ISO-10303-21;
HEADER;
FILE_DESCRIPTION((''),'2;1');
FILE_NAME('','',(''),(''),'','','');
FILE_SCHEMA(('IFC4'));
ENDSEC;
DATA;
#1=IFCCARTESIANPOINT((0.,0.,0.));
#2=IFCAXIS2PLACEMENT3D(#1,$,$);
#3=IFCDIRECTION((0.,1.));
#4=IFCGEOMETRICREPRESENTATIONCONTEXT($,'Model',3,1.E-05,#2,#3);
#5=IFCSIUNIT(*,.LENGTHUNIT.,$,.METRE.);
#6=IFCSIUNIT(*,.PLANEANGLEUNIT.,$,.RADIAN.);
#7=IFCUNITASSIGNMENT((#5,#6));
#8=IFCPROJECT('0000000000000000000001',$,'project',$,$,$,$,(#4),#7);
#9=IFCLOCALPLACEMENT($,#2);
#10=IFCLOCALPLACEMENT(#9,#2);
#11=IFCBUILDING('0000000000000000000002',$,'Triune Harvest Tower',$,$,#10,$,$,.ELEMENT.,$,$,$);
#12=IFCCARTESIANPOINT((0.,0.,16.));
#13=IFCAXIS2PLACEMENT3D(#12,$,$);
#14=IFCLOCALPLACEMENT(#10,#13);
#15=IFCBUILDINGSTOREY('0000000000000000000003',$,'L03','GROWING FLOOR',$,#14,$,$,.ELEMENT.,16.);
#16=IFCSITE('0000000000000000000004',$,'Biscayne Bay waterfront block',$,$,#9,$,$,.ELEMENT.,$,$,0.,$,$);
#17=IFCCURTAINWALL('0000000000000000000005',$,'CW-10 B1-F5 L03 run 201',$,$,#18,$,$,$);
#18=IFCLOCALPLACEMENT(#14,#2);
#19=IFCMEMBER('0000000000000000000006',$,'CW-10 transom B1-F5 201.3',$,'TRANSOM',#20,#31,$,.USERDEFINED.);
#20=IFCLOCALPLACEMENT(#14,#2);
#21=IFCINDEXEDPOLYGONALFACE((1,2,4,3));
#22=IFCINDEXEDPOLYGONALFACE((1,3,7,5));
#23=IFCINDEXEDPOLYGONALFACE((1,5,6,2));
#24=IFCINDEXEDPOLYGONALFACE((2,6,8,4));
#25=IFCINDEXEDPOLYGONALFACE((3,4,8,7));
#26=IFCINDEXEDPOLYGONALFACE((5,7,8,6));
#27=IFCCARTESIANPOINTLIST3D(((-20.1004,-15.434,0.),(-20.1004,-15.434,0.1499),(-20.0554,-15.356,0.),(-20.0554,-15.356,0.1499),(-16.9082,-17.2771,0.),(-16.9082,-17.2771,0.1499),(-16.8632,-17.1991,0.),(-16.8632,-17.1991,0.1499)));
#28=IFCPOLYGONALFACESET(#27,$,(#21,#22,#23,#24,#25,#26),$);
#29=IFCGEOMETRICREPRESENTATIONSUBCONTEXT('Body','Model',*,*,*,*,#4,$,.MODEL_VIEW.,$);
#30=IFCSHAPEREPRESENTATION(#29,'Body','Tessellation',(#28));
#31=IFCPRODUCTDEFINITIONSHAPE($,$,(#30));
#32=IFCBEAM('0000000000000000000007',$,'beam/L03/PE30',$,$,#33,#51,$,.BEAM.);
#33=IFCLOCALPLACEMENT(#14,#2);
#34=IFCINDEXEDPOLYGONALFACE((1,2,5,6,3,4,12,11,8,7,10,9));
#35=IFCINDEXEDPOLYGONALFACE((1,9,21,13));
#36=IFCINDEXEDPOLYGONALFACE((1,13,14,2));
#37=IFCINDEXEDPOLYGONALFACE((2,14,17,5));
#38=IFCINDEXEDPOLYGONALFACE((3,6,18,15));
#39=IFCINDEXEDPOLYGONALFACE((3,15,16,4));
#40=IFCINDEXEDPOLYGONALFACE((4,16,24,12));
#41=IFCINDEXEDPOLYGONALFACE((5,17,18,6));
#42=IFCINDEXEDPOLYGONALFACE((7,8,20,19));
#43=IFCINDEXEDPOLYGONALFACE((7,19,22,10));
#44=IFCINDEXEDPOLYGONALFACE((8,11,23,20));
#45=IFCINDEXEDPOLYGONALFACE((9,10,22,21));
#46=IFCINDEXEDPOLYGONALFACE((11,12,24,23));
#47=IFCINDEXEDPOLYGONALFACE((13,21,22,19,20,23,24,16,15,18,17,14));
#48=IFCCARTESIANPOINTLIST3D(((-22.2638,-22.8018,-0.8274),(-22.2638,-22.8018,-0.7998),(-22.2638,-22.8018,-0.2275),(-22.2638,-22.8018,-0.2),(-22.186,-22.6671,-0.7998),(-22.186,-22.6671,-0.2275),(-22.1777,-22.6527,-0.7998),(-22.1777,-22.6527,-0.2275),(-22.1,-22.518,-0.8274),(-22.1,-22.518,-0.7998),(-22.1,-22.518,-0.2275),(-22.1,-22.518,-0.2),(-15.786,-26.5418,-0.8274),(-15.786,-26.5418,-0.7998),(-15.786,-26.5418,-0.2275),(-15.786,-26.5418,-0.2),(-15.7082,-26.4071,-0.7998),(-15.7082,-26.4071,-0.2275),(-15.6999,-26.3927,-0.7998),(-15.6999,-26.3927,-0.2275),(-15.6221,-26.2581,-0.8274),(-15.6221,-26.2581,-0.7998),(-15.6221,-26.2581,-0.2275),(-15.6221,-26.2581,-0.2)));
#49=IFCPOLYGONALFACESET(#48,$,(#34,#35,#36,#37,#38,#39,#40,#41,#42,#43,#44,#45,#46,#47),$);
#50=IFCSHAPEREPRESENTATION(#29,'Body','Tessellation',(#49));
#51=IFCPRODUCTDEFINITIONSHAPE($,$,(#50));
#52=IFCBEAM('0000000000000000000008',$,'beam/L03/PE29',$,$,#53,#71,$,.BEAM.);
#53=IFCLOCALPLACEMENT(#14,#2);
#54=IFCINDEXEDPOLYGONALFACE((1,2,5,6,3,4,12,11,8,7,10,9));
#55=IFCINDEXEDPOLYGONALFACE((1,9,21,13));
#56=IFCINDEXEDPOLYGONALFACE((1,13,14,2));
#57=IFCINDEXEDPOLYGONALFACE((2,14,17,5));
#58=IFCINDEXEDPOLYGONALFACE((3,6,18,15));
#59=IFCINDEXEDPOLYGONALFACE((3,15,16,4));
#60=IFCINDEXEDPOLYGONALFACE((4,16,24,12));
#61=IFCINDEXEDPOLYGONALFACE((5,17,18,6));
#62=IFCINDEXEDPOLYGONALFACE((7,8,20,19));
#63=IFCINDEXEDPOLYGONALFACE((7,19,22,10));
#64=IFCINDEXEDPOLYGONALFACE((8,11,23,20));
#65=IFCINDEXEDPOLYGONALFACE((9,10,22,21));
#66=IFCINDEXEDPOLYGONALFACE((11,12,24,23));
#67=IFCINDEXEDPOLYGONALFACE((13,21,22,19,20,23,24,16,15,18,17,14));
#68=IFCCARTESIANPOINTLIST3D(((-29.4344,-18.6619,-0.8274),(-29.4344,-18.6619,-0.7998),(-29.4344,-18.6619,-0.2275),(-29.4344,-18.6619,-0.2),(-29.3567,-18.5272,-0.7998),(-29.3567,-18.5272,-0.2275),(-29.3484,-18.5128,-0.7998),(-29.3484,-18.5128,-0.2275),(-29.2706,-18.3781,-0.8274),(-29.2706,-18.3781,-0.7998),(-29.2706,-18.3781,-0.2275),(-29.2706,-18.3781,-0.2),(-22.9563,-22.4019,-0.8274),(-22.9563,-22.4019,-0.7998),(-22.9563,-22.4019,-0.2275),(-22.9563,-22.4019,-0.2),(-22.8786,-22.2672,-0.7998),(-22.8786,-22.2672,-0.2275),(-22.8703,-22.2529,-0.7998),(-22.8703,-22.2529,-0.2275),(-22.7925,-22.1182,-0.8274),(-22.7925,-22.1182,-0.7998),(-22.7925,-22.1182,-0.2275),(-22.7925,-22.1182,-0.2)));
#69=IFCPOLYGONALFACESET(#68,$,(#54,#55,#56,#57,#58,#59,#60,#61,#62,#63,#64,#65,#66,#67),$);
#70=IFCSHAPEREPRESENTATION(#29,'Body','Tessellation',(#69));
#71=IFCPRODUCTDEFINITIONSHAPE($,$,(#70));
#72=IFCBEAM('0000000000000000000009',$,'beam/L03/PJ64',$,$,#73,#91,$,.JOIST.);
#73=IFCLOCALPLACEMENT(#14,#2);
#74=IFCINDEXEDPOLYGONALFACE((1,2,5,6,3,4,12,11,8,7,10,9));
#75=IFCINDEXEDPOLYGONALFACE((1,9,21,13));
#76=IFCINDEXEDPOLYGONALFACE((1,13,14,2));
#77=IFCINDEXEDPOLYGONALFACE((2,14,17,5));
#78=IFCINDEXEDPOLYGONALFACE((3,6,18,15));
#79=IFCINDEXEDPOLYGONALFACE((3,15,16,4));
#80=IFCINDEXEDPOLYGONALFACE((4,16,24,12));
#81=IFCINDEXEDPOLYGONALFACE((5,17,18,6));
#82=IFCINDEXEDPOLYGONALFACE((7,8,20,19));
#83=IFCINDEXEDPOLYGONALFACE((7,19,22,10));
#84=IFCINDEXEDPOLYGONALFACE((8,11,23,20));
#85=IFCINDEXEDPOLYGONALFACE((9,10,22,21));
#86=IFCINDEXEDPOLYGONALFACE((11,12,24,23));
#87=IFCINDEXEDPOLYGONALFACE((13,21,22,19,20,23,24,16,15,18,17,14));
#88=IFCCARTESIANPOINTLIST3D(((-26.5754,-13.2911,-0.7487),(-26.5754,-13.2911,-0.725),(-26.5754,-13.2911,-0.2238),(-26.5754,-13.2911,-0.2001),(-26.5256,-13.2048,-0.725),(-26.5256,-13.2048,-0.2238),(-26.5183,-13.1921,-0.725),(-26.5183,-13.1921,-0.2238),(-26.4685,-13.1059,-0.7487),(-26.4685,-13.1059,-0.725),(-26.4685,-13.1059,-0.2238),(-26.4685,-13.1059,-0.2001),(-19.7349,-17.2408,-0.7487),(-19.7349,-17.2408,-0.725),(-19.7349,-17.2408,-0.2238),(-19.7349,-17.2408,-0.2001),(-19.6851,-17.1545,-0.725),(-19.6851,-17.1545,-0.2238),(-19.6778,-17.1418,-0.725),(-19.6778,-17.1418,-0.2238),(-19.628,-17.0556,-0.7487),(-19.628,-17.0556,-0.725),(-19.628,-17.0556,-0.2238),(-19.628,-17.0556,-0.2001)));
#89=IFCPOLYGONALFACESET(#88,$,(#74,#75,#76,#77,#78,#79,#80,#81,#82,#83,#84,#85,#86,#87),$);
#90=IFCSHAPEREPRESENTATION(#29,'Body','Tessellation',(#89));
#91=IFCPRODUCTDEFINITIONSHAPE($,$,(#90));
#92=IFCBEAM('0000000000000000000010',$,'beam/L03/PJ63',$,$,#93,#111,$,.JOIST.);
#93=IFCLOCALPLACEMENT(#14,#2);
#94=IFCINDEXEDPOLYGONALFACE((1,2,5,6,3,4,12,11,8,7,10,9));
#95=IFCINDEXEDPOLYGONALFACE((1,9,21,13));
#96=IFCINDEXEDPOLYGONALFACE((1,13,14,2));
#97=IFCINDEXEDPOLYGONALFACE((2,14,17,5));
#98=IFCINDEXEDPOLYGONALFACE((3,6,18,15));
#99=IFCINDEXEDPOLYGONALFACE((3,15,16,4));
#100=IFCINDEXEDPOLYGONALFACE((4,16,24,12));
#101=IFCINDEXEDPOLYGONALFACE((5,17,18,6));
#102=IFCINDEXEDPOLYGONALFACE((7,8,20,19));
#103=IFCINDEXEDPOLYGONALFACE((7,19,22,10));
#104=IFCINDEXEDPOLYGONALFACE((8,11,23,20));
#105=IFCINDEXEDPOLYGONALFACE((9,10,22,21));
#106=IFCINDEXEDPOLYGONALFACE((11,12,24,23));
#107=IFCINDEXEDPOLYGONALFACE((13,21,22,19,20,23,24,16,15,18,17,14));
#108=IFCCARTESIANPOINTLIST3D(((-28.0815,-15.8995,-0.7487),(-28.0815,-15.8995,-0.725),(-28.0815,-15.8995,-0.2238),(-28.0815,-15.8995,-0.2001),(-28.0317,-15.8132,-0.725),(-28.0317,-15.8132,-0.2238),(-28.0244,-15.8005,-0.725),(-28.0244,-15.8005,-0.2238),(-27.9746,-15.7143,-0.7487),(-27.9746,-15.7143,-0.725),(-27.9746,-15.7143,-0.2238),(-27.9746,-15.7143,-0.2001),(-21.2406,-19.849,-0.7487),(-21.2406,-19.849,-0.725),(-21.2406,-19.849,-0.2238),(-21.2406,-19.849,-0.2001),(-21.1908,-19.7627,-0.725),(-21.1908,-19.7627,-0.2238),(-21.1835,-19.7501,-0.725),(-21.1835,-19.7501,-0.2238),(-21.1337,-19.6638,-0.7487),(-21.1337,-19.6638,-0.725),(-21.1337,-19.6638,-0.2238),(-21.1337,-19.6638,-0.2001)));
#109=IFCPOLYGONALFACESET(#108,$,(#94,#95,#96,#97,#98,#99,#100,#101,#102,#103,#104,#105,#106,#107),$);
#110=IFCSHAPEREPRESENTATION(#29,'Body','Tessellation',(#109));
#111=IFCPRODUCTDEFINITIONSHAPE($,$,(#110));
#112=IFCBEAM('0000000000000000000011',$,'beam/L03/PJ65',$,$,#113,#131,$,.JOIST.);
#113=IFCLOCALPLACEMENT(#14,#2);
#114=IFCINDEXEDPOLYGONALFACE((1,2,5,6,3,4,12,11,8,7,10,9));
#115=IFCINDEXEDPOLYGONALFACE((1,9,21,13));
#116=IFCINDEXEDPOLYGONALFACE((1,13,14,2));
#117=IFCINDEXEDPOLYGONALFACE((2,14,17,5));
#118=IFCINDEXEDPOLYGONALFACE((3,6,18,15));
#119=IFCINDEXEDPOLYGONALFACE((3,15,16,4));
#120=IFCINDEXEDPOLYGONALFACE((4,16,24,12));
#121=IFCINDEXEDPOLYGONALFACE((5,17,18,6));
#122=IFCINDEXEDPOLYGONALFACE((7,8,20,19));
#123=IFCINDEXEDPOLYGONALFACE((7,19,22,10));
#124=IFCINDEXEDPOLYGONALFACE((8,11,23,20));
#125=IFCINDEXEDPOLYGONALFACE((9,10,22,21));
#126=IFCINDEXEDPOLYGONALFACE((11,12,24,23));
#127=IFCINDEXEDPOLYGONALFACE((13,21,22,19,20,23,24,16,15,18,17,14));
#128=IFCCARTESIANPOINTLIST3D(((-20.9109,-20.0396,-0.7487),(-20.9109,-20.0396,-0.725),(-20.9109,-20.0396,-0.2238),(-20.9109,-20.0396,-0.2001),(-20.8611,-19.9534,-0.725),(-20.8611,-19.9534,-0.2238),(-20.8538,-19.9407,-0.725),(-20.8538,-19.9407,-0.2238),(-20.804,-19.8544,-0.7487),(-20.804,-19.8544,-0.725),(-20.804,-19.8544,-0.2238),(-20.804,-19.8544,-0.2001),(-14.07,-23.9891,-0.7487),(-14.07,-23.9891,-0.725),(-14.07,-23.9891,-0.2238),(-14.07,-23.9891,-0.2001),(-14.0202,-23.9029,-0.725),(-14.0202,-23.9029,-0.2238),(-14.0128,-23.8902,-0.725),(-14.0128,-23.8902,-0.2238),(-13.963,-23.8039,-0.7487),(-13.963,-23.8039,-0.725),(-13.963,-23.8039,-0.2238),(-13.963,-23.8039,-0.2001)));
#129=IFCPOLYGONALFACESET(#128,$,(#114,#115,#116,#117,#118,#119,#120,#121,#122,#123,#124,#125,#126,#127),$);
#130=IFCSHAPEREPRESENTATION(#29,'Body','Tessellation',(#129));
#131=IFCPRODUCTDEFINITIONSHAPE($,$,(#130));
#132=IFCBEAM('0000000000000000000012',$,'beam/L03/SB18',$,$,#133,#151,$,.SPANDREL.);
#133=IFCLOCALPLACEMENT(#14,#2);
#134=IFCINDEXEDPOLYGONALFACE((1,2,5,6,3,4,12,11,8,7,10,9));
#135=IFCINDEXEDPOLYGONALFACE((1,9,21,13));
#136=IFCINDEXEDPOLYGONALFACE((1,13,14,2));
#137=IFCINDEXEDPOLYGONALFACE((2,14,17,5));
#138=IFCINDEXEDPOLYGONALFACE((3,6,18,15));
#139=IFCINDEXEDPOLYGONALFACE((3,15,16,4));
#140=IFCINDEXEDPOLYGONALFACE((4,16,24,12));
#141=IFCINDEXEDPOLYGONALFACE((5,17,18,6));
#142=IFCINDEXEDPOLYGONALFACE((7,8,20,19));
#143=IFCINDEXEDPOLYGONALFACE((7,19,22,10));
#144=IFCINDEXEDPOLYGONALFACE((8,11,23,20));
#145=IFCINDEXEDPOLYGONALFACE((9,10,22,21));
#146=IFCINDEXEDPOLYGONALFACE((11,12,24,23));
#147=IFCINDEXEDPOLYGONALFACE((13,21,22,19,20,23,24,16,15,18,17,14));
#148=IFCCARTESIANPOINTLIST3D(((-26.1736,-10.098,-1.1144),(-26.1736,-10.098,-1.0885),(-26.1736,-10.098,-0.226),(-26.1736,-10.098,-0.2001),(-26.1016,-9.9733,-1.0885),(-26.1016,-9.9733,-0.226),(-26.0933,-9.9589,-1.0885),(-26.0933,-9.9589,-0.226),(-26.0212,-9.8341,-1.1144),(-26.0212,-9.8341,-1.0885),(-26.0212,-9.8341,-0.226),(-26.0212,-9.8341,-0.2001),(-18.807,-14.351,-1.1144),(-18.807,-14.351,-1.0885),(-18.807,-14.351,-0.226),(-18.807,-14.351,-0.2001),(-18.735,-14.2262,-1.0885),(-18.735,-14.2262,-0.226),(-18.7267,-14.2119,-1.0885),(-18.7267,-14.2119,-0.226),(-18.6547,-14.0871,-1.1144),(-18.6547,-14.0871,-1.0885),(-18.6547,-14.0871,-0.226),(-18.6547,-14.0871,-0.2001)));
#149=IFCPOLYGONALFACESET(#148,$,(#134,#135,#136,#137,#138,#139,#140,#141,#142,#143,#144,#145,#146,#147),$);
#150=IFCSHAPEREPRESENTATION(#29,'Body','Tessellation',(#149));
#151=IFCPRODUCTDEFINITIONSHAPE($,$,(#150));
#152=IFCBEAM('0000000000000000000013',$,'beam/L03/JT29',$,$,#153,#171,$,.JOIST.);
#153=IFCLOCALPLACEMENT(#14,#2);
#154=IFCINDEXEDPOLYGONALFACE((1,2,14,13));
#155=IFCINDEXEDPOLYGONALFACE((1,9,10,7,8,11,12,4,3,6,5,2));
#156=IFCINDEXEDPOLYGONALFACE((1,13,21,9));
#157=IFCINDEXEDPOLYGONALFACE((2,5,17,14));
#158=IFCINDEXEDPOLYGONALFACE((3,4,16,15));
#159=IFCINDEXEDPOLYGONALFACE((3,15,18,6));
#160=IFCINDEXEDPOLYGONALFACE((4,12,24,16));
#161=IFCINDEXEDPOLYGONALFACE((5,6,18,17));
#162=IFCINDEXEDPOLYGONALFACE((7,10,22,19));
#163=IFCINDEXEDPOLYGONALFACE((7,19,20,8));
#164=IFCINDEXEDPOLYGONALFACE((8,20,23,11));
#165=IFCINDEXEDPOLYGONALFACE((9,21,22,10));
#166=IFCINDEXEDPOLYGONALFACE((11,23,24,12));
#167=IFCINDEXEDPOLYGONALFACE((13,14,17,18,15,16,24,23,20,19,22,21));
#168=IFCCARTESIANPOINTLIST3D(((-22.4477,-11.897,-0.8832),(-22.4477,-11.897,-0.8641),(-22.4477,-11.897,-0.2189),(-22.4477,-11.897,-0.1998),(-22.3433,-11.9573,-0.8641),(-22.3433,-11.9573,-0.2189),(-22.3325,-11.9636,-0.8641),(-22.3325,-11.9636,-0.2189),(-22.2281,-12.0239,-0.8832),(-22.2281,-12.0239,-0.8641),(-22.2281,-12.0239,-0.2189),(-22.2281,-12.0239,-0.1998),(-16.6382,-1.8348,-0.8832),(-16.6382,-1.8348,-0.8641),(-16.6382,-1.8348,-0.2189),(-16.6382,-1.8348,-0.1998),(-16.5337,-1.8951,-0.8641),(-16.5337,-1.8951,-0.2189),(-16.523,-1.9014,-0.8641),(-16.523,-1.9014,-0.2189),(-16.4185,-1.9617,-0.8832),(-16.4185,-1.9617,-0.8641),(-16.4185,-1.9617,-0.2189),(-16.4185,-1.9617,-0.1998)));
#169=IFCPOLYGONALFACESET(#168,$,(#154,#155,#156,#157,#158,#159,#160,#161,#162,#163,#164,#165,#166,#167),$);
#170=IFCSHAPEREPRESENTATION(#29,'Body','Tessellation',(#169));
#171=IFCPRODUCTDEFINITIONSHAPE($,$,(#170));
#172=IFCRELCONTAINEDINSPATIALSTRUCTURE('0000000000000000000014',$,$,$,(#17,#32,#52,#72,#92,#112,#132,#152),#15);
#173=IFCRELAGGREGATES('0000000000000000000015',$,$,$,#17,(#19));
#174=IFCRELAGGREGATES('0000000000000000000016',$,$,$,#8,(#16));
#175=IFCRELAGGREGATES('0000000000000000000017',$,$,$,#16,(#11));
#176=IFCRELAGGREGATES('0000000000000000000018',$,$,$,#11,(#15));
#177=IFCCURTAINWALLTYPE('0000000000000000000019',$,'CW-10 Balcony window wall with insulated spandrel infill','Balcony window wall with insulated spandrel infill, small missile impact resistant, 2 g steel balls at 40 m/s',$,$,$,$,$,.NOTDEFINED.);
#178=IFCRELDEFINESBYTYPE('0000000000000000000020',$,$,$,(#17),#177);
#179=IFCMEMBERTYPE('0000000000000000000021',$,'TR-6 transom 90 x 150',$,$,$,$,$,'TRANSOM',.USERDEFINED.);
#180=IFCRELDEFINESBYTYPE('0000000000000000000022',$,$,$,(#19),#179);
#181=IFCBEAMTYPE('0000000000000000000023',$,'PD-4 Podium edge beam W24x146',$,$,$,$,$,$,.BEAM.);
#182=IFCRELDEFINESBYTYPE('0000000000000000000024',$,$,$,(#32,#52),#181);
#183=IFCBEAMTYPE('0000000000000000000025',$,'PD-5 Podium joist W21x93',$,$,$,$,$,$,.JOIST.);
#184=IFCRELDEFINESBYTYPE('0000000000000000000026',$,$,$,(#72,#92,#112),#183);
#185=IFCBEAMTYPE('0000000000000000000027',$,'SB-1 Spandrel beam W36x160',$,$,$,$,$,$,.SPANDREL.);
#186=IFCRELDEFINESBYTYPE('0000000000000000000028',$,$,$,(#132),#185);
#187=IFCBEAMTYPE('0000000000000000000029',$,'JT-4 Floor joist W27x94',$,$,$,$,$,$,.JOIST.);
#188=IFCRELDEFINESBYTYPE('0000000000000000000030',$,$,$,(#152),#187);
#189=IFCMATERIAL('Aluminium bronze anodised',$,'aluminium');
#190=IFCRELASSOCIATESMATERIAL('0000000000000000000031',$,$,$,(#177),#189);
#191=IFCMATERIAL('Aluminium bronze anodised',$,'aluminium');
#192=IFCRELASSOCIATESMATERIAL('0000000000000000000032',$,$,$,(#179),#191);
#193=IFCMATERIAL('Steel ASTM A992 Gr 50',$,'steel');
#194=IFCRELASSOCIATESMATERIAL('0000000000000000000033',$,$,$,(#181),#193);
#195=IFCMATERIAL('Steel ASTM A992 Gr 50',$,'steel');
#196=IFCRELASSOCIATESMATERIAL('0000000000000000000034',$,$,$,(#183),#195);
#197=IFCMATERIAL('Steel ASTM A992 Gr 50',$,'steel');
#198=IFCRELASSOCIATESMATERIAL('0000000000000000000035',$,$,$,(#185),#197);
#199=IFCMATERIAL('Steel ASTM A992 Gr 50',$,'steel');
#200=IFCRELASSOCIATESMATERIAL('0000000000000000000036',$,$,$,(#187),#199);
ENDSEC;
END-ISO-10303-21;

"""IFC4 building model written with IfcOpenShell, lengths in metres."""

from ifc_helpers import new_model, si_unit, direction, frame, origin, origin_2d, place, context, subcontext, project, spatial, rectangle, i_section, extrude, source, transform, mapped, material, material_profile, profile_set, type_object, element, aggregate, save


model = new_model("IFC4")

# Units and contexts
model_context = context("Model", 3, precision=1e-05, world=origin(), true_north=direction((0.0, 1.0)))
body_context = subcontext(model_context, "Body", "Model", "MODEL_VIEW")
ifc_project = project(units=[si_unit("LENGTHUNIT", "METRE"), si_unit("PLANEANGLEUNIT", "RADIAN")], contexts=[model_context])

# Site, building, storey
site_placement = place(None, origin())
site = spatial("IfcSite", under=ifc_project, at=site_placement, Name="Biscayne Bay waterfront block", CompositionType="ELEMENT", RefElevation=0.0)
building_placement = place(site_placement, origin())
building = spatial("IfcBuilding", under=site, at=building_placement, Name="Triune Harvest Tower", CompositionType="ELEMENT")
storey_placement = place(building_placement, frame((0.0, 0.0, 16.0)))
storey = spatial("IfcBuildingStorey", under=building, at=storey_placement, Name="L03", Description="GROWING FLOOR", CompositionType="ELEMENT", Elevation=16.0)

# Curtain wall, member
ifc_material_1 = material(Name="Aluminium bronze anodised", Category="aluminium")
curtain_wall_type = type_object("IfcCurtainWallType", Name="CW-10 Balcony window wall with insulated spandrel infill", Description="Balcony window wall with insulated spandrel infill, small missile impact resistant, 2 g steel balls at 40 m/s", PredefinedType="NOTDEFINED", material=ifc_material_1)
curtain_wall_placement = place(storey_placement, origin())
curtain_wall = element("IfcCurtainWall", 1, at=curtain_wall_placement, inside=storey, type_object=curtain_wall_type, Name="CW-10 B1-F5 L03 run 201")
ifc_material_2 = material(Name="Aluminium bronze anodised", Category="aluminium")
ifc_material_profile_1 = material_profile(ifc_material_2, rectangle(XDim=0.0901, YDim=0.1499, at=origin_2d()), Name="TR-6 transom 90 x 150")
ifc_profile_set_1 = profile_set([ifc_material_profile_1], Name="Aluminium bronze anodised")
member_type_1 = type_object("IfcMemberType", Name="TR-6 transom 90 x 150", ElementType="TRANSOM", PredefinedType="USERDEFINED", material=ifc_profile_set_1)
member_1_placement = place(storey_placement, frame((-20.0779, -15.395, 0.075), z_axis=(0.866021, -0.500007, 0.0), x_axis=(0.500007, 0.866021, 0.0)))
member_1 = element("IfcMember", 2, at=member_1_placement, type_object=member_type_1, Name="CW-10 transom B1-F5 201.3", ObjectType="TRANSOM", PredefinedType="USERDEFINED", context=body_context, shape_type="SweptSolid", body=[
    extrude(rectangle(XDim=0.0901, YDim=0.1499, at=origin_2d()), origin(), (0.0, 0.0, 1.0), 3.686),
])

# Beams
ifc_material_3 = material(Name="Steel ASTM A992 Gr 50", Category="steel")
ifc_material_profile_2 = material_profile(ifc_material_3, i_section(OverallWidth=0.3276, OverallDepth=0.6274, WebThickness=0.0166, FlangeThickness=0.0276, at=origin_2d()), Name="W24x146")
ifc_profile_set_2 = profile_set([ifc_material_profile_2], Name="Steel ASTM A992 Gr 50")
beam_type_1 = type_object("IfcBeamType", Name="PD-4 Podium edge beam W24x146", PredefinedType="BEAM", material=ifc_profile_set_2)
shared_shape_1 = source(origin(), body_context, "Body", "SweptSolid", [
    extrude(i_section(OverallWidth=0.3276, OverallDepth=0.6274, WebThickness=0.0166, FlangeThickness=0.0276, at=origin_2d()), origin(), (0.0, 0.0, 1.0), 7.48),
])
beam_1_placement = place(storey_placement, frame((-22.1819, -22.6599, -0.5137), z_axis=(0.866023, -0.500004, 0.0), x_axis=(0.500004, 0.866023, 0.0)))
element("IfcBeam", 3, at=beam_1_placement, inside=storey, type_object=beam_type_1, Name="beam/L03/PE30", PredefinedType="BEAM", context=body_context, shape_type="MappedRepresentation", body=[
    mapped(shared_shape_1, transform((0.0, 0.0, 0.0), scale=1.0)),
])
shared_shape_2 = source(origin(), body_context, "Body", "SweptSolid", [
    extrude(i_section(OverallWidth=0.3276, OverallDepth=0.6274, WebThickness=0.0166, FlangeThickness=0.0276, at=origin_2d()), origin(), (0.0, 0.0, 1.0), 7.4802),
])
beam_2_placement = place(storey_placement, frame((-29.3525, -18.52, -0.5137), z_axis=(0.866031, -0.49999, 0.0), x_axis=(0.49999, 0.866031, 0.0)))
element("IfcBeam", 4, at=beam_2_placement, inside=storey, type_object=beam_type_1, Name="beam/L03/PE29", PredefinedType="BEAM", context=body_context, shape_type="MappedRepresentation", body=[
    mapped(shared_shape_2, transform((0.0, 0.0, 0.0), scale=1.0)),
])
ifc_material_4 = material(Name="Steel ASTM A992 Gr 50", Category="steel")
ifc_material_profile_3 = material_profile(ifc_material_4, i_section(OverallWidth=0.2139, OverallDepth=0.5486, WebThickness=0.0146, FlangeThickness=0.0237, at=origin_2d()), Name="W21x93")
ifc_profile_set_3 = profile_set([ifc_material_profile_3], Name="Steel ASTM A992 Gr 50")
beam_type_2 = type_object("IfcBeamType", Name="PD-5 Podium joist W21x93", PredefinedType="JOIST", material=ifc_profile_set_3)
shared_shape_3 = source(origin(), body_context, "Body", "SweptSolid", [
    extrude(i_section(OverallWidth=0.2139, OverallDepth=0.5486, WebThickness=0.0146, FlangeThickness=0.0237, at=origin_2d()), origin(), (0.0, 0.0, 1.0), 7.8989),
])
beam_3_placement = place(storey_placement, frame((-26.522, -13.1985, -0.4744), z_axis=(0.866009, -0.500028, 0.0), x_axis=(0.500028, 0.866009, 0.0)))
element("IfcBeam", 5, at=beam_3_placement, inside=storey, type_object=beam_type_2, Name="beam/L03/PJ64", PredefinedType="JOIST", context=body_context, shape_type="MappedRepresentation", body=[
    mapped(shared_shape_3, transform((0.0, 0.0, 0.0), scale=1.0)),
])
shared_shape_4 = source(origin(), body_context, "Body", "SweptSolid", [
    extrude(i_section(OverallWidth=0.2139, OverallDepth=0.5486, WebThickness=0.0146, FlangeThickness=0.0237, at=origin_2d()), origin(), (0.0, 0.0, 1.0), 7.8992),
])
for number, where, z_axis, x_axis, name in (
    (6, (-28.0281, -15.8069, -0.4744), (0.86603, -0.499992, 0.0), (0.499992, 0.86603, 0.0), "beam/L03/PJ63"),
    (7, (-20.8574, -19.947, -0.4744), (0.86603, -0.499992, 0.0), (0.499992, 0.86603, 0.0), "beam/L03/PJ65"),
):
    element("IfcBeam", number, at=place(storey_placement, frame(where, z_axis=z_axis, x_axis=x_axis)), inside=storey, type_object=beam_type_2, Name=name, PredefinedType="JOIST", context=body_context, shape_type="MappedRepresentation", body=[
        mapped(shared_shape_4, transform((0.0, 0.0, 0.0), scale=1.0)),
    ])
ifc_material_5 = material(Name="Steel ASTM A992 Gr 50", Category="steel")
ifc_material_profile_4 = material_profile(ifc_material_5, i_section(OverallWidth=0.3047, OverallDepth=0.9143, WebThickness=0.0166, FlangeThickness=0.0259, at=origin_2d()), Name="W36x160")
ifc_profile_set_4 = profile_set([ifc_material_profile_4], Name="Steel ASTM A992 Gr 50")
beam_type_3 = type_object("IfcBeamType", Name="SB-1 Spandrel beam W36x160", PredefinedType="SPANDREL", material=ifc_profile_set_4)
shared_shape_5 = source(origin(), body_context, "Body", "SweptSolid", [
    extrude(i_section(OverallWidth=0.3047, OverallDepth=0.9143, WebThickness=0.0166, FlangeThickness=0.0259, at=origin_2d()), origin(), (0.0, 0.0, 1.0), 8.5061),
])
beam_4_placement = place(storey_placement, frame((-26.0974, -9.9661, -0.6572), z_axis=(0.86603, -0.499992, 0.0), x_axis=(0.499992, 0.86603, 0.0)))
element("IfcBeam", 8, at=beam_4_placement, inside=storey, type_object=beam_type_3, Name="beam/L03/SB18", PredefinedType="SPANDREL", context=body_context, shape_type="MappedRepresentation", body=[
    mapped(shared_shape_5, transform((0.0, 0.0, 0.0), scale=1.0)),
])
ifc_material_6 = material(Name="Steel ASTM A992 Gr 50", Category="steel")
ifc_material_profile_5 = material_profile(ifc_material_6, i_section(OverallWidth=0.2537, OverallDepth=0.6833, WebThickness=0.0125, FlangeThickness=0.019, at=origin_2d()), Name="W27x94")
ifc_profile_set_5 = profile_set([ifc_material_profile_5], Name="Steel ASTM A992 Gr 50")
beam_type_4 = type_object("IfcBeamType", Name="JT-4 Floor joist W27x94", PredefinedType="JOIST", material=ifc_profile_set_5)
shared_shape_6 = source(origin(), body_context, "Body", "SweptSolid", [
    extrude(i_section(OverallWidth=0.2537, OverallDepth=0.6833, WebThickness=0.0125, FlangeThickness=0.019, at=origin_2d()), origin(), (0.0, 0.0, 1.0), 11.6189),
])
beam_5_placement = place(storey_placement, frame((-22.3379, -11.9604, -0.5415), z_axis=(0.500008, 0.866021, 0.0), x_axis=(-0.866021, 0.500008, 0.0)))
element("IfcBeam", 9, at=beam_5_placement, inside=storey, type_object=beam_type_4, Name="beam/L03/JT29", PredefinedType="JOIST", context=body_context, shape_type="MappedRepresentation", body=[
    mapped(shared_shape_6, transform((0.0, 0.0, 0.0), scale=1.0)),
])

aggregate(curtain_wall, [member_1])

save(model, "model.ifc")
